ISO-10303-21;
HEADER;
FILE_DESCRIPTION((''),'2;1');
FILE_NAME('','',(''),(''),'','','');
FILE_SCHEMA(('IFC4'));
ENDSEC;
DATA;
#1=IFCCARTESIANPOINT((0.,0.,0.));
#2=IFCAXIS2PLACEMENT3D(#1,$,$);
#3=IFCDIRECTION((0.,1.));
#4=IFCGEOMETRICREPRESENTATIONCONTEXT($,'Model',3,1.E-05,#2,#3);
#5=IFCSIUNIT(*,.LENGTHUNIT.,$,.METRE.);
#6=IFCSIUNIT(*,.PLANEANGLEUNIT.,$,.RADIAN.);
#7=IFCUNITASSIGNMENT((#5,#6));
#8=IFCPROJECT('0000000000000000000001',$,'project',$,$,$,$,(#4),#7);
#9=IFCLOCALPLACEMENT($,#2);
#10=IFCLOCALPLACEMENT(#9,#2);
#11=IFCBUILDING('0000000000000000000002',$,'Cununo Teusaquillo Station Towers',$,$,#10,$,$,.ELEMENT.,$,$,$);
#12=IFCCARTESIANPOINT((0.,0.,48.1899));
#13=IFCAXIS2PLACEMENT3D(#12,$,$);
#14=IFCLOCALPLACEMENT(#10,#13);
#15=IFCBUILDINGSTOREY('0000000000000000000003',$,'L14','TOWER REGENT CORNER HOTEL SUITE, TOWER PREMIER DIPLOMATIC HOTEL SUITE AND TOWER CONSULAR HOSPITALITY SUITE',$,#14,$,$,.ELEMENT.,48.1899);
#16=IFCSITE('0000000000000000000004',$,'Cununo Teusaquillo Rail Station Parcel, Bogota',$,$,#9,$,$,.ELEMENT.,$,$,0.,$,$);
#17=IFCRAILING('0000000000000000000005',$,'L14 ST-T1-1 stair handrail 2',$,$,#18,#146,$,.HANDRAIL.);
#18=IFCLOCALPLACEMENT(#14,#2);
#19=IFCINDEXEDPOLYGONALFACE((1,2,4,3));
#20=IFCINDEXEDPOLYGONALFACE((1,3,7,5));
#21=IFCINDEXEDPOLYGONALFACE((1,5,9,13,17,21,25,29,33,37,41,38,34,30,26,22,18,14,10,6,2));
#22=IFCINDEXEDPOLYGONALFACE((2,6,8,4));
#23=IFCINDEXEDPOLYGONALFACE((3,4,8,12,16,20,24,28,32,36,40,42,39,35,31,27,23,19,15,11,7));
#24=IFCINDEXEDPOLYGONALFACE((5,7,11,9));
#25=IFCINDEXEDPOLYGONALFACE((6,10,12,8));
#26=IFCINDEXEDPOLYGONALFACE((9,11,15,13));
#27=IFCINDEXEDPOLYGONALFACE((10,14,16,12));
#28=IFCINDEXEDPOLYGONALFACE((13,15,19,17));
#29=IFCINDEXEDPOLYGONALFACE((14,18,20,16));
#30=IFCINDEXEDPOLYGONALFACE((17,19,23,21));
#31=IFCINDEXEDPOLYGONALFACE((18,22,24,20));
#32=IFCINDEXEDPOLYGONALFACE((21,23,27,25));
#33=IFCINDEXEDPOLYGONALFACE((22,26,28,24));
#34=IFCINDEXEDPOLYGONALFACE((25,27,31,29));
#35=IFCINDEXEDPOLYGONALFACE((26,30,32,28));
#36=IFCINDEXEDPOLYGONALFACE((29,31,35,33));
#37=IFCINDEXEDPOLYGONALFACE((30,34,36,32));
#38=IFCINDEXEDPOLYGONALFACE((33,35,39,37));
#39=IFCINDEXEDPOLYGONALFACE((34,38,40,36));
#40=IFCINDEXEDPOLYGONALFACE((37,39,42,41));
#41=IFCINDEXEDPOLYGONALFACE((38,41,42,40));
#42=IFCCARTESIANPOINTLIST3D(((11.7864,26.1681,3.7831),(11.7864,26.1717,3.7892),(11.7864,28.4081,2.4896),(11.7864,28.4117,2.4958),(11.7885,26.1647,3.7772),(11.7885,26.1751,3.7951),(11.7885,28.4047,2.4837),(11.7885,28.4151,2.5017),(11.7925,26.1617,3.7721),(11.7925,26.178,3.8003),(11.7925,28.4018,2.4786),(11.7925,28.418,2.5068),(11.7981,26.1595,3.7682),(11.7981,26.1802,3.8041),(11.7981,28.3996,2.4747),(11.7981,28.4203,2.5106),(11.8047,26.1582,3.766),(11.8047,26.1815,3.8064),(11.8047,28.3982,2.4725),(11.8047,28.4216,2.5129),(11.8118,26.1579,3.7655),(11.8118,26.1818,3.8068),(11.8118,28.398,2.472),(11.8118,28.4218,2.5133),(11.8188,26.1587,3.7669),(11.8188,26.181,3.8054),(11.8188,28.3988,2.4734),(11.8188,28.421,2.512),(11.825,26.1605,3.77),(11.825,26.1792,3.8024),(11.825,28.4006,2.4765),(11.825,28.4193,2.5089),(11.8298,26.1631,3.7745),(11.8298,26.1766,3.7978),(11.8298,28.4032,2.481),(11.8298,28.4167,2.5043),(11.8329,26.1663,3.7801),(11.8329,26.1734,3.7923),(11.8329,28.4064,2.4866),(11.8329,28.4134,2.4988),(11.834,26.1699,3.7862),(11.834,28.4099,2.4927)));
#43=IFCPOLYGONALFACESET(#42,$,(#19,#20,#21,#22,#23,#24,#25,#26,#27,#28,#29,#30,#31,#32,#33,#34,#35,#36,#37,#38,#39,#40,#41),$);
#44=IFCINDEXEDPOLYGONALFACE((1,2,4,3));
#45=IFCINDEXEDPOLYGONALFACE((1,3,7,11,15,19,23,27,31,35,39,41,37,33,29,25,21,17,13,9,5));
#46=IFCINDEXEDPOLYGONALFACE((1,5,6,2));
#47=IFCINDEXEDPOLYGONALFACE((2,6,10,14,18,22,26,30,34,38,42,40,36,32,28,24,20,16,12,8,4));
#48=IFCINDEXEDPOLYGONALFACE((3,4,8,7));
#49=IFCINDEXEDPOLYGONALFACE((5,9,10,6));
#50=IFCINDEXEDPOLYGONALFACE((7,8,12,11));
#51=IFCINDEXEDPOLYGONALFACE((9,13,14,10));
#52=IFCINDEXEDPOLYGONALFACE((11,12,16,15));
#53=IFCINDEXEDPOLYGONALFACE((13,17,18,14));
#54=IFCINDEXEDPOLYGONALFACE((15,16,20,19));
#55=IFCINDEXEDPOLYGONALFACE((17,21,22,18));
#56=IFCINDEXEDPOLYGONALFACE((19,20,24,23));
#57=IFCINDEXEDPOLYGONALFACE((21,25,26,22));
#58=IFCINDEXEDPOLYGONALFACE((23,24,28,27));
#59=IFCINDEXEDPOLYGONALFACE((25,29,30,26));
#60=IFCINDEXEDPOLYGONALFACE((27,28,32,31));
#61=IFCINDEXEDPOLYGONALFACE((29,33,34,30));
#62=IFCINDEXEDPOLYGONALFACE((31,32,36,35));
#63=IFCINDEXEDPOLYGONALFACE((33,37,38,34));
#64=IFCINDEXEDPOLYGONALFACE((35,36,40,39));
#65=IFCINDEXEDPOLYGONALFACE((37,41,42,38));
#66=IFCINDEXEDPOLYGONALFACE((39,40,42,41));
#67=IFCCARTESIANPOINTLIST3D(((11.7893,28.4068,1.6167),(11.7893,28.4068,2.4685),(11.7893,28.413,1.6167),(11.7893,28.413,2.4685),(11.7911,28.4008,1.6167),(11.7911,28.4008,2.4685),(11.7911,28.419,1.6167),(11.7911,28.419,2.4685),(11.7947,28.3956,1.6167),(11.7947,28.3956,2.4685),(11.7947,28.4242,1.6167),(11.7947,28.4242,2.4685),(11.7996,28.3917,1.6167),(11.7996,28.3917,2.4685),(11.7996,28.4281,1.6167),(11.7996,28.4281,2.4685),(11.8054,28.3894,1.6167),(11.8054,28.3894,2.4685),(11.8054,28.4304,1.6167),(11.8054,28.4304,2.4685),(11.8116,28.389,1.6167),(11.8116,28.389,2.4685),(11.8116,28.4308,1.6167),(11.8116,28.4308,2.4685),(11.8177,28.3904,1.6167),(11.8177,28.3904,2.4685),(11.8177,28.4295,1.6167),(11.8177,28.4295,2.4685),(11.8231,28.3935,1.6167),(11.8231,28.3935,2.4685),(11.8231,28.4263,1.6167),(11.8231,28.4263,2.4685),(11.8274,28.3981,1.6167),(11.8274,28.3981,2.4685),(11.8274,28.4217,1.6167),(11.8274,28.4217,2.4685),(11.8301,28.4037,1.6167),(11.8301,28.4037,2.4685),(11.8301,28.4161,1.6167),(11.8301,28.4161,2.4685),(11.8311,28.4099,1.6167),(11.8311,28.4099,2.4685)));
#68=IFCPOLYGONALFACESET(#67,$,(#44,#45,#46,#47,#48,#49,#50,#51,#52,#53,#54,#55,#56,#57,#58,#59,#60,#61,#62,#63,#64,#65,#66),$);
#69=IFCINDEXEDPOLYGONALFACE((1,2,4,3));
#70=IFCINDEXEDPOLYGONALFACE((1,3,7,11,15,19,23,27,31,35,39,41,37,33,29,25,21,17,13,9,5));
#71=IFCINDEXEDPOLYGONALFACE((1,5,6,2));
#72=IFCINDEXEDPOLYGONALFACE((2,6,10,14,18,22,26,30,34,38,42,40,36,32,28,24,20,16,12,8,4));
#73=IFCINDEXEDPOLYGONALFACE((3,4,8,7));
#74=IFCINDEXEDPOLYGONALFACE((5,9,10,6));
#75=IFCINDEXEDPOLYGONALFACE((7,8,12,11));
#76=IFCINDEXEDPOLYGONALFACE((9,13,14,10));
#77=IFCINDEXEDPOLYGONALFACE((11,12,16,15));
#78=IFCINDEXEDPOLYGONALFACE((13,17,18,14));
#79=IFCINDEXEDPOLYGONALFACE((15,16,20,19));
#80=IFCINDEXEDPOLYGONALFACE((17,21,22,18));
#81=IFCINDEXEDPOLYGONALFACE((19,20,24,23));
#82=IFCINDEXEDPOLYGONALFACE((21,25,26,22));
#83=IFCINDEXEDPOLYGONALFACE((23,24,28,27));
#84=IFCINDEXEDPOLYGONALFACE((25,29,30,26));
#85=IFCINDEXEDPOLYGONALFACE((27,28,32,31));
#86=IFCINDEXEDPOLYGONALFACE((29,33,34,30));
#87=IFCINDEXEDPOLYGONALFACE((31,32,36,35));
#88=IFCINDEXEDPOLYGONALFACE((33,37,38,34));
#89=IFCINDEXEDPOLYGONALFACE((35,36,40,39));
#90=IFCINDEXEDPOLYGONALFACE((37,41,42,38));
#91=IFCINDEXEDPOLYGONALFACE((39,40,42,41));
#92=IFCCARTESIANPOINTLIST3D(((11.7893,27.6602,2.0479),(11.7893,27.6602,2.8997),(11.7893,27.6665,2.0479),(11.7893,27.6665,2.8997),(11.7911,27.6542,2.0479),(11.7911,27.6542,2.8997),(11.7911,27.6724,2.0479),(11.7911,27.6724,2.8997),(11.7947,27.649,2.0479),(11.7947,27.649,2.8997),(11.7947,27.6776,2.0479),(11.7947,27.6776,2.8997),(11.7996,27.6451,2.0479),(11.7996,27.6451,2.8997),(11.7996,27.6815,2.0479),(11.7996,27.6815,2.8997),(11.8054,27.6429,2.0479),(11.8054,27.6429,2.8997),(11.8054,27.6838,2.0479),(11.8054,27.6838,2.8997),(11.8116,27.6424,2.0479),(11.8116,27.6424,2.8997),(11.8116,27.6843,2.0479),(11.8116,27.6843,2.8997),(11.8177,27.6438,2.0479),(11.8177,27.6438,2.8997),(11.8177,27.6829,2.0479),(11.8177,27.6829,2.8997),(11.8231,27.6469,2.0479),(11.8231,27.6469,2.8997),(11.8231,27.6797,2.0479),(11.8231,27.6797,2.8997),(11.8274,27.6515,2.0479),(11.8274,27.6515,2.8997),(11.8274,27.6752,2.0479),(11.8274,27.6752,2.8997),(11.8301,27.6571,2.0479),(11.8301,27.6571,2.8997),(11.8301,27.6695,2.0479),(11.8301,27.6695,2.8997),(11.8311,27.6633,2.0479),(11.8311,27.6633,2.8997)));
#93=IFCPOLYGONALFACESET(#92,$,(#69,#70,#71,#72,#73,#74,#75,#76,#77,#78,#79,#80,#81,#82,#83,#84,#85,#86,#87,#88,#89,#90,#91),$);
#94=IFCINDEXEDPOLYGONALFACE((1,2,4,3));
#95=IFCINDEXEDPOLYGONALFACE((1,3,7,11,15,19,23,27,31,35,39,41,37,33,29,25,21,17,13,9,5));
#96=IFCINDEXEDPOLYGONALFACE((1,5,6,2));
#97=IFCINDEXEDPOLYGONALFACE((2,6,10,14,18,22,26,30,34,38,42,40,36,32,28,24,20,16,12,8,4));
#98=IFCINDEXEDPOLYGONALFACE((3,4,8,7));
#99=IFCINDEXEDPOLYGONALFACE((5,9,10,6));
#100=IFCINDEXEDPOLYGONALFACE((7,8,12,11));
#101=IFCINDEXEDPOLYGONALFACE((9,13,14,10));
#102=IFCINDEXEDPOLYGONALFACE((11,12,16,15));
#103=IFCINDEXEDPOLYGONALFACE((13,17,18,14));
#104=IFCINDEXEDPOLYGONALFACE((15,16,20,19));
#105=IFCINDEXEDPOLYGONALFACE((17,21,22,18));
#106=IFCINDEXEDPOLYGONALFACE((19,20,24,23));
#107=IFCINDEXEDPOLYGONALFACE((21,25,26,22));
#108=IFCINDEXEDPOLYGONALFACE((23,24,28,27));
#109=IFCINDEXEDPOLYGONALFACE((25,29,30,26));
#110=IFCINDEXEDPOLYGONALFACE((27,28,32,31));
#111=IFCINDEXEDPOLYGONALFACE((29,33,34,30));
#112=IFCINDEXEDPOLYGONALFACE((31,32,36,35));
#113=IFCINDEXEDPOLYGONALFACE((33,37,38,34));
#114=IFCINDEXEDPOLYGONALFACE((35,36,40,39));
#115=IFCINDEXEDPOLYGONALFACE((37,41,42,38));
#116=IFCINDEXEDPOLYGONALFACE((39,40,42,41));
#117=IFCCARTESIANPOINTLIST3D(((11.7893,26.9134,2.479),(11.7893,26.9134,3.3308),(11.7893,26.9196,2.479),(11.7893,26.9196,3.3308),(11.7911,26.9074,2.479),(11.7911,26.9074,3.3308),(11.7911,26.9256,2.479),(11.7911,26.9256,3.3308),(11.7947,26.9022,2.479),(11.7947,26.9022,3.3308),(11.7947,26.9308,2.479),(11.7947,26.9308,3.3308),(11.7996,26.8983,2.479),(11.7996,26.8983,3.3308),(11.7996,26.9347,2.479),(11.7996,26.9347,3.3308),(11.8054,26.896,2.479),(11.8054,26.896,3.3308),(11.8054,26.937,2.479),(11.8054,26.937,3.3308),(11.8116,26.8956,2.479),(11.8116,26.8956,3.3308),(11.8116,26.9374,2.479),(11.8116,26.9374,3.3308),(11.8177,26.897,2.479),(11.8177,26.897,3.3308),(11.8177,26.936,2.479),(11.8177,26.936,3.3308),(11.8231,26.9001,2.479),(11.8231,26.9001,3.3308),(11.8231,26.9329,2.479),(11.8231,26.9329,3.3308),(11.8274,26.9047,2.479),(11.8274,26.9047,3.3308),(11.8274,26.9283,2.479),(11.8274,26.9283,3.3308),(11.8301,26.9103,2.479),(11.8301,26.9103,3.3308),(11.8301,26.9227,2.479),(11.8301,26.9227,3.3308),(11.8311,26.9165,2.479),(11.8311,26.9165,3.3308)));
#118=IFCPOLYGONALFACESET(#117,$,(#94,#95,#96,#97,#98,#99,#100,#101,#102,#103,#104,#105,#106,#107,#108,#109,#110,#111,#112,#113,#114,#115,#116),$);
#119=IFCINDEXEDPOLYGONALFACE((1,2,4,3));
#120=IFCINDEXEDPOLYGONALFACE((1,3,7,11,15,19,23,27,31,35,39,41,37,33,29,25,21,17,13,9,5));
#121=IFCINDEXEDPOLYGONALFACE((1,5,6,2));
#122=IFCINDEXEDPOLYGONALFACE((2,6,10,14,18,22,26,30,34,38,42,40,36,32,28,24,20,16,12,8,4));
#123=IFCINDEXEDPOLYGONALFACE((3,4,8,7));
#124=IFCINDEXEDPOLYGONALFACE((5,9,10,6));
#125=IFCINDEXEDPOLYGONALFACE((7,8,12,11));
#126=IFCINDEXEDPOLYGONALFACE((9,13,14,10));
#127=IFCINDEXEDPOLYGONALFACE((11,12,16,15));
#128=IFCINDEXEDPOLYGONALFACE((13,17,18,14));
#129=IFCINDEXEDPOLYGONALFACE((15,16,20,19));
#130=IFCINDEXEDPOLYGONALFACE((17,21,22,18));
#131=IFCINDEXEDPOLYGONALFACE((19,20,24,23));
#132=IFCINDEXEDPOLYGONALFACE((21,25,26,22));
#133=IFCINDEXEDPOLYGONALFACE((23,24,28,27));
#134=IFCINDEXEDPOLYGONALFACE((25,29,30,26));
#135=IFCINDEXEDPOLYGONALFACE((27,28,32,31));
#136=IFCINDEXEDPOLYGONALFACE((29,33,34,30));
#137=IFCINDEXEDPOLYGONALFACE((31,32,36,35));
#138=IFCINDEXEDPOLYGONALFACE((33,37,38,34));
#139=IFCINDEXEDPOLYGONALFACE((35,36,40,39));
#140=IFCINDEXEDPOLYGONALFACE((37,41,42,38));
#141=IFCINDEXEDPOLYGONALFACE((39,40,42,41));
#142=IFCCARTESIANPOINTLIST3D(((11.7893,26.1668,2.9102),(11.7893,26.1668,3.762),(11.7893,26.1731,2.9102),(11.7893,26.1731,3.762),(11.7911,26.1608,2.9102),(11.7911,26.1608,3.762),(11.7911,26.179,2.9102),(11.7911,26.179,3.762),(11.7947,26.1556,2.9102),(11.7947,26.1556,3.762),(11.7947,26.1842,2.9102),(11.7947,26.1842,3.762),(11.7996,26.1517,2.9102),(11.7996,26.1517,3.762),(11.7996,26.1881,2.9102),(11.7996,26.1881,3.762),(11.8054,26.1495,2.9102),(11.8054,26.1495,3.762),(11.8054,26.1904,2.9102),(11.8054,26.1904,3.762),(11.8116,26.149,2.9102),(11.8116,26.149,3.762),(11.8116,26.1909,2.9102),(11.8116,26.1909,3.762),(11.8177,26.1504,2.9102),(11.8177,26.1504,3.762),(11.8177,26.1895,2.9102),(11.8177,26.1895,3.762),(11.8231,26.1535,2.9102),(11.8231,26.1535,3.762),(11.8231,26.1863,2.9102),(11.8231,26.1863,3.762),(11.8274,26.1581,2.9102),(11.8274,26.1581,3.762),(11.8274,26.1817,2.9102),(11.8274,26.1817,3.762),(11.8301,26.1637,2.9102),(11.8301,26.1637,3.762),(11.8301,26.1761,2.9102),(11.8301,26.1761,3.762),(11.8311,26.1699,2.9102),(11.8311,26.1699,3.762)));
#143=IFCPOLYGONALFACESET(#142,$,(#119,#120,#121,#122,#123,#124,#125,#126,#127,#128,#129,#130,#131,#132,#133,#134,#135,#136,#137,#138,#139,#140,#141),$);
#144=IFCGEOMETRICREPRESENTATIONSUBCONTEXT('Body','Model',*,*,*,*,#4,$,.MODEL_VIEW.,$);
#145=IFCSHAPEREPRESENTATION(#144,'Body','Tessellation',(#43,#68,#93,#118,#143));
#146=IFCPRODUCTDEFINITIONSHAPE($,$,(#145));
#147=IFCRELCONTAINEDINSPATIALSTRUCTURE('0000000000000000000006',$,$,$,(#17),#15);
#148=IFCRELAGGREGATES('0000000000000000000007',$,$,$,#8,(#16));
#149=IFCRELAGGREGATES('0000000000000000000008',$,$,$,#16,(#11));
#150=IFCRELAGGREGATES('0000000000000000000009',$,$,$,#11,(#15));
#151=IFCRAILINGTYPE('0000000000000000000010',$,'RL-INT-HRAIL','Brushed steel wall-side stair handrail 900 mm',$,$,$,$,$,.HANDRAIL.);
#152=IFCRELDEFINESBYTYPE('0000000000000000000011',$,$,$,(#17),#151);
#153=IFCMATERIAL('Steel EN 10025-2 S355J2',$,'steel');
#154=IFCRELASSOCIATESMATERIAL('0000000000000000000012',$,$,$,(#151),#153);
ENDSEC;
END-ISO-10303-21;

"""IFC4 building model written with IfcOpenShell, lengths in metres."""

from ifc_helpers import new_model, si_unit, direction, frame, origin, origin_2d, place, context, subcontext, project, spatial, circle, extrude, material, type_object, element, save


model = new_model("IFC4")

# Units and contexts
model_context = context("Model", 3, precision=1e-05, world=origin(), true_north=direction((0.0, 1.0)))
body_context = subcontext(model_context, "Body", "Model", "MODEL_VIEW")
ifc_project = project(units=[si_unit("LENGTHUNIT", "METRE"), si_unit("PLANEANGLEUNIT", "RADIAN")], contexts=[model_context])

# Site, building, storey
site_placement = place(None, origin())
site = spatial("IfcSite", under=ifc_project, at=site_placement, Name="Cununo Teusaquillo Rail Station Parcel, Bogota", CompositionType="ELEMENT", RefElevation=0.0)
building_placement = place(site_placement, origin())
building = spatial("IfcBuilding", under=site, at=building_placement, Name="Cununo Teusaquillo Station Towers", CompositionType="ELEMENT")
storey_placement = place(building_placement, frame((0.0, 0.0, 48.1899)))
storey = spatial("IfcBuildingStorey", under=building, at=storey_placement, Name="L14", Description="TOWER REGENT CORNER HOTEL SUITE, TOWER PREMIER DIPLOMATIC HOTEL SUITE AND TOWER CONSULAR HOSPITALITY SUITE", CompositionType="ELEMENT", Elevation=48.1899)

# Railing
ifc_material_1 = material(Name="Steel EN 10025-2 S355J2", Category="steel")
railing_type_1 = type_object("IfcRailingType", Name="RL-INT-HRAIL", Description="Brushed steel wall-side stair handrail 900 mm", PredefinedType="HANDRAIL", material=ifc_material_1)
railing_1_placement = place(storey_placement, frame((11.8101, 28.4099, 1.6167)))
element("IfcRailing", 1, at=railing_1_placement, inside=storey, type_object=railing_type_1, Name="L14 ST-T1-1 stair handrail 2", PredefinedType="HANDRAIL", context=body_context, shape_type="SweptSolid", body=[
    extrude(circle(Radius=0.0239, at=origin_2d()), frame((0.0, 0.0, 0.876), z_axis=(0.0, -0.865992, 0.500057), x_axis=(1.0, 0.0, 0.0)), (0.0, 0.0, 1.0), 2.5867),
    extrude(circle(Radius=0.021, at=origin_2d()), origin(), (0.0, 0.0, 1.0), 0.8518),
    extrude(circle(Radius=0.021, at=origin_2d()), frame((0.0, -0.7466, 0.4312)), (0.0, 0.0, 1.0), 0.8518),
    extrude(circle(Radius=0.021, at=origin_2d()), frame((0.0, -1.4934, 0.8623)), (0.0, 0.0, 1.0), 0.8518),
    extrude(circle(Radius=0.021, at=origin_2d()), frame((0.0, -2.24, 1.2935)), (0.0, 0.0, 1.0), 0.8518),
])

save(model, "model.ifc")
